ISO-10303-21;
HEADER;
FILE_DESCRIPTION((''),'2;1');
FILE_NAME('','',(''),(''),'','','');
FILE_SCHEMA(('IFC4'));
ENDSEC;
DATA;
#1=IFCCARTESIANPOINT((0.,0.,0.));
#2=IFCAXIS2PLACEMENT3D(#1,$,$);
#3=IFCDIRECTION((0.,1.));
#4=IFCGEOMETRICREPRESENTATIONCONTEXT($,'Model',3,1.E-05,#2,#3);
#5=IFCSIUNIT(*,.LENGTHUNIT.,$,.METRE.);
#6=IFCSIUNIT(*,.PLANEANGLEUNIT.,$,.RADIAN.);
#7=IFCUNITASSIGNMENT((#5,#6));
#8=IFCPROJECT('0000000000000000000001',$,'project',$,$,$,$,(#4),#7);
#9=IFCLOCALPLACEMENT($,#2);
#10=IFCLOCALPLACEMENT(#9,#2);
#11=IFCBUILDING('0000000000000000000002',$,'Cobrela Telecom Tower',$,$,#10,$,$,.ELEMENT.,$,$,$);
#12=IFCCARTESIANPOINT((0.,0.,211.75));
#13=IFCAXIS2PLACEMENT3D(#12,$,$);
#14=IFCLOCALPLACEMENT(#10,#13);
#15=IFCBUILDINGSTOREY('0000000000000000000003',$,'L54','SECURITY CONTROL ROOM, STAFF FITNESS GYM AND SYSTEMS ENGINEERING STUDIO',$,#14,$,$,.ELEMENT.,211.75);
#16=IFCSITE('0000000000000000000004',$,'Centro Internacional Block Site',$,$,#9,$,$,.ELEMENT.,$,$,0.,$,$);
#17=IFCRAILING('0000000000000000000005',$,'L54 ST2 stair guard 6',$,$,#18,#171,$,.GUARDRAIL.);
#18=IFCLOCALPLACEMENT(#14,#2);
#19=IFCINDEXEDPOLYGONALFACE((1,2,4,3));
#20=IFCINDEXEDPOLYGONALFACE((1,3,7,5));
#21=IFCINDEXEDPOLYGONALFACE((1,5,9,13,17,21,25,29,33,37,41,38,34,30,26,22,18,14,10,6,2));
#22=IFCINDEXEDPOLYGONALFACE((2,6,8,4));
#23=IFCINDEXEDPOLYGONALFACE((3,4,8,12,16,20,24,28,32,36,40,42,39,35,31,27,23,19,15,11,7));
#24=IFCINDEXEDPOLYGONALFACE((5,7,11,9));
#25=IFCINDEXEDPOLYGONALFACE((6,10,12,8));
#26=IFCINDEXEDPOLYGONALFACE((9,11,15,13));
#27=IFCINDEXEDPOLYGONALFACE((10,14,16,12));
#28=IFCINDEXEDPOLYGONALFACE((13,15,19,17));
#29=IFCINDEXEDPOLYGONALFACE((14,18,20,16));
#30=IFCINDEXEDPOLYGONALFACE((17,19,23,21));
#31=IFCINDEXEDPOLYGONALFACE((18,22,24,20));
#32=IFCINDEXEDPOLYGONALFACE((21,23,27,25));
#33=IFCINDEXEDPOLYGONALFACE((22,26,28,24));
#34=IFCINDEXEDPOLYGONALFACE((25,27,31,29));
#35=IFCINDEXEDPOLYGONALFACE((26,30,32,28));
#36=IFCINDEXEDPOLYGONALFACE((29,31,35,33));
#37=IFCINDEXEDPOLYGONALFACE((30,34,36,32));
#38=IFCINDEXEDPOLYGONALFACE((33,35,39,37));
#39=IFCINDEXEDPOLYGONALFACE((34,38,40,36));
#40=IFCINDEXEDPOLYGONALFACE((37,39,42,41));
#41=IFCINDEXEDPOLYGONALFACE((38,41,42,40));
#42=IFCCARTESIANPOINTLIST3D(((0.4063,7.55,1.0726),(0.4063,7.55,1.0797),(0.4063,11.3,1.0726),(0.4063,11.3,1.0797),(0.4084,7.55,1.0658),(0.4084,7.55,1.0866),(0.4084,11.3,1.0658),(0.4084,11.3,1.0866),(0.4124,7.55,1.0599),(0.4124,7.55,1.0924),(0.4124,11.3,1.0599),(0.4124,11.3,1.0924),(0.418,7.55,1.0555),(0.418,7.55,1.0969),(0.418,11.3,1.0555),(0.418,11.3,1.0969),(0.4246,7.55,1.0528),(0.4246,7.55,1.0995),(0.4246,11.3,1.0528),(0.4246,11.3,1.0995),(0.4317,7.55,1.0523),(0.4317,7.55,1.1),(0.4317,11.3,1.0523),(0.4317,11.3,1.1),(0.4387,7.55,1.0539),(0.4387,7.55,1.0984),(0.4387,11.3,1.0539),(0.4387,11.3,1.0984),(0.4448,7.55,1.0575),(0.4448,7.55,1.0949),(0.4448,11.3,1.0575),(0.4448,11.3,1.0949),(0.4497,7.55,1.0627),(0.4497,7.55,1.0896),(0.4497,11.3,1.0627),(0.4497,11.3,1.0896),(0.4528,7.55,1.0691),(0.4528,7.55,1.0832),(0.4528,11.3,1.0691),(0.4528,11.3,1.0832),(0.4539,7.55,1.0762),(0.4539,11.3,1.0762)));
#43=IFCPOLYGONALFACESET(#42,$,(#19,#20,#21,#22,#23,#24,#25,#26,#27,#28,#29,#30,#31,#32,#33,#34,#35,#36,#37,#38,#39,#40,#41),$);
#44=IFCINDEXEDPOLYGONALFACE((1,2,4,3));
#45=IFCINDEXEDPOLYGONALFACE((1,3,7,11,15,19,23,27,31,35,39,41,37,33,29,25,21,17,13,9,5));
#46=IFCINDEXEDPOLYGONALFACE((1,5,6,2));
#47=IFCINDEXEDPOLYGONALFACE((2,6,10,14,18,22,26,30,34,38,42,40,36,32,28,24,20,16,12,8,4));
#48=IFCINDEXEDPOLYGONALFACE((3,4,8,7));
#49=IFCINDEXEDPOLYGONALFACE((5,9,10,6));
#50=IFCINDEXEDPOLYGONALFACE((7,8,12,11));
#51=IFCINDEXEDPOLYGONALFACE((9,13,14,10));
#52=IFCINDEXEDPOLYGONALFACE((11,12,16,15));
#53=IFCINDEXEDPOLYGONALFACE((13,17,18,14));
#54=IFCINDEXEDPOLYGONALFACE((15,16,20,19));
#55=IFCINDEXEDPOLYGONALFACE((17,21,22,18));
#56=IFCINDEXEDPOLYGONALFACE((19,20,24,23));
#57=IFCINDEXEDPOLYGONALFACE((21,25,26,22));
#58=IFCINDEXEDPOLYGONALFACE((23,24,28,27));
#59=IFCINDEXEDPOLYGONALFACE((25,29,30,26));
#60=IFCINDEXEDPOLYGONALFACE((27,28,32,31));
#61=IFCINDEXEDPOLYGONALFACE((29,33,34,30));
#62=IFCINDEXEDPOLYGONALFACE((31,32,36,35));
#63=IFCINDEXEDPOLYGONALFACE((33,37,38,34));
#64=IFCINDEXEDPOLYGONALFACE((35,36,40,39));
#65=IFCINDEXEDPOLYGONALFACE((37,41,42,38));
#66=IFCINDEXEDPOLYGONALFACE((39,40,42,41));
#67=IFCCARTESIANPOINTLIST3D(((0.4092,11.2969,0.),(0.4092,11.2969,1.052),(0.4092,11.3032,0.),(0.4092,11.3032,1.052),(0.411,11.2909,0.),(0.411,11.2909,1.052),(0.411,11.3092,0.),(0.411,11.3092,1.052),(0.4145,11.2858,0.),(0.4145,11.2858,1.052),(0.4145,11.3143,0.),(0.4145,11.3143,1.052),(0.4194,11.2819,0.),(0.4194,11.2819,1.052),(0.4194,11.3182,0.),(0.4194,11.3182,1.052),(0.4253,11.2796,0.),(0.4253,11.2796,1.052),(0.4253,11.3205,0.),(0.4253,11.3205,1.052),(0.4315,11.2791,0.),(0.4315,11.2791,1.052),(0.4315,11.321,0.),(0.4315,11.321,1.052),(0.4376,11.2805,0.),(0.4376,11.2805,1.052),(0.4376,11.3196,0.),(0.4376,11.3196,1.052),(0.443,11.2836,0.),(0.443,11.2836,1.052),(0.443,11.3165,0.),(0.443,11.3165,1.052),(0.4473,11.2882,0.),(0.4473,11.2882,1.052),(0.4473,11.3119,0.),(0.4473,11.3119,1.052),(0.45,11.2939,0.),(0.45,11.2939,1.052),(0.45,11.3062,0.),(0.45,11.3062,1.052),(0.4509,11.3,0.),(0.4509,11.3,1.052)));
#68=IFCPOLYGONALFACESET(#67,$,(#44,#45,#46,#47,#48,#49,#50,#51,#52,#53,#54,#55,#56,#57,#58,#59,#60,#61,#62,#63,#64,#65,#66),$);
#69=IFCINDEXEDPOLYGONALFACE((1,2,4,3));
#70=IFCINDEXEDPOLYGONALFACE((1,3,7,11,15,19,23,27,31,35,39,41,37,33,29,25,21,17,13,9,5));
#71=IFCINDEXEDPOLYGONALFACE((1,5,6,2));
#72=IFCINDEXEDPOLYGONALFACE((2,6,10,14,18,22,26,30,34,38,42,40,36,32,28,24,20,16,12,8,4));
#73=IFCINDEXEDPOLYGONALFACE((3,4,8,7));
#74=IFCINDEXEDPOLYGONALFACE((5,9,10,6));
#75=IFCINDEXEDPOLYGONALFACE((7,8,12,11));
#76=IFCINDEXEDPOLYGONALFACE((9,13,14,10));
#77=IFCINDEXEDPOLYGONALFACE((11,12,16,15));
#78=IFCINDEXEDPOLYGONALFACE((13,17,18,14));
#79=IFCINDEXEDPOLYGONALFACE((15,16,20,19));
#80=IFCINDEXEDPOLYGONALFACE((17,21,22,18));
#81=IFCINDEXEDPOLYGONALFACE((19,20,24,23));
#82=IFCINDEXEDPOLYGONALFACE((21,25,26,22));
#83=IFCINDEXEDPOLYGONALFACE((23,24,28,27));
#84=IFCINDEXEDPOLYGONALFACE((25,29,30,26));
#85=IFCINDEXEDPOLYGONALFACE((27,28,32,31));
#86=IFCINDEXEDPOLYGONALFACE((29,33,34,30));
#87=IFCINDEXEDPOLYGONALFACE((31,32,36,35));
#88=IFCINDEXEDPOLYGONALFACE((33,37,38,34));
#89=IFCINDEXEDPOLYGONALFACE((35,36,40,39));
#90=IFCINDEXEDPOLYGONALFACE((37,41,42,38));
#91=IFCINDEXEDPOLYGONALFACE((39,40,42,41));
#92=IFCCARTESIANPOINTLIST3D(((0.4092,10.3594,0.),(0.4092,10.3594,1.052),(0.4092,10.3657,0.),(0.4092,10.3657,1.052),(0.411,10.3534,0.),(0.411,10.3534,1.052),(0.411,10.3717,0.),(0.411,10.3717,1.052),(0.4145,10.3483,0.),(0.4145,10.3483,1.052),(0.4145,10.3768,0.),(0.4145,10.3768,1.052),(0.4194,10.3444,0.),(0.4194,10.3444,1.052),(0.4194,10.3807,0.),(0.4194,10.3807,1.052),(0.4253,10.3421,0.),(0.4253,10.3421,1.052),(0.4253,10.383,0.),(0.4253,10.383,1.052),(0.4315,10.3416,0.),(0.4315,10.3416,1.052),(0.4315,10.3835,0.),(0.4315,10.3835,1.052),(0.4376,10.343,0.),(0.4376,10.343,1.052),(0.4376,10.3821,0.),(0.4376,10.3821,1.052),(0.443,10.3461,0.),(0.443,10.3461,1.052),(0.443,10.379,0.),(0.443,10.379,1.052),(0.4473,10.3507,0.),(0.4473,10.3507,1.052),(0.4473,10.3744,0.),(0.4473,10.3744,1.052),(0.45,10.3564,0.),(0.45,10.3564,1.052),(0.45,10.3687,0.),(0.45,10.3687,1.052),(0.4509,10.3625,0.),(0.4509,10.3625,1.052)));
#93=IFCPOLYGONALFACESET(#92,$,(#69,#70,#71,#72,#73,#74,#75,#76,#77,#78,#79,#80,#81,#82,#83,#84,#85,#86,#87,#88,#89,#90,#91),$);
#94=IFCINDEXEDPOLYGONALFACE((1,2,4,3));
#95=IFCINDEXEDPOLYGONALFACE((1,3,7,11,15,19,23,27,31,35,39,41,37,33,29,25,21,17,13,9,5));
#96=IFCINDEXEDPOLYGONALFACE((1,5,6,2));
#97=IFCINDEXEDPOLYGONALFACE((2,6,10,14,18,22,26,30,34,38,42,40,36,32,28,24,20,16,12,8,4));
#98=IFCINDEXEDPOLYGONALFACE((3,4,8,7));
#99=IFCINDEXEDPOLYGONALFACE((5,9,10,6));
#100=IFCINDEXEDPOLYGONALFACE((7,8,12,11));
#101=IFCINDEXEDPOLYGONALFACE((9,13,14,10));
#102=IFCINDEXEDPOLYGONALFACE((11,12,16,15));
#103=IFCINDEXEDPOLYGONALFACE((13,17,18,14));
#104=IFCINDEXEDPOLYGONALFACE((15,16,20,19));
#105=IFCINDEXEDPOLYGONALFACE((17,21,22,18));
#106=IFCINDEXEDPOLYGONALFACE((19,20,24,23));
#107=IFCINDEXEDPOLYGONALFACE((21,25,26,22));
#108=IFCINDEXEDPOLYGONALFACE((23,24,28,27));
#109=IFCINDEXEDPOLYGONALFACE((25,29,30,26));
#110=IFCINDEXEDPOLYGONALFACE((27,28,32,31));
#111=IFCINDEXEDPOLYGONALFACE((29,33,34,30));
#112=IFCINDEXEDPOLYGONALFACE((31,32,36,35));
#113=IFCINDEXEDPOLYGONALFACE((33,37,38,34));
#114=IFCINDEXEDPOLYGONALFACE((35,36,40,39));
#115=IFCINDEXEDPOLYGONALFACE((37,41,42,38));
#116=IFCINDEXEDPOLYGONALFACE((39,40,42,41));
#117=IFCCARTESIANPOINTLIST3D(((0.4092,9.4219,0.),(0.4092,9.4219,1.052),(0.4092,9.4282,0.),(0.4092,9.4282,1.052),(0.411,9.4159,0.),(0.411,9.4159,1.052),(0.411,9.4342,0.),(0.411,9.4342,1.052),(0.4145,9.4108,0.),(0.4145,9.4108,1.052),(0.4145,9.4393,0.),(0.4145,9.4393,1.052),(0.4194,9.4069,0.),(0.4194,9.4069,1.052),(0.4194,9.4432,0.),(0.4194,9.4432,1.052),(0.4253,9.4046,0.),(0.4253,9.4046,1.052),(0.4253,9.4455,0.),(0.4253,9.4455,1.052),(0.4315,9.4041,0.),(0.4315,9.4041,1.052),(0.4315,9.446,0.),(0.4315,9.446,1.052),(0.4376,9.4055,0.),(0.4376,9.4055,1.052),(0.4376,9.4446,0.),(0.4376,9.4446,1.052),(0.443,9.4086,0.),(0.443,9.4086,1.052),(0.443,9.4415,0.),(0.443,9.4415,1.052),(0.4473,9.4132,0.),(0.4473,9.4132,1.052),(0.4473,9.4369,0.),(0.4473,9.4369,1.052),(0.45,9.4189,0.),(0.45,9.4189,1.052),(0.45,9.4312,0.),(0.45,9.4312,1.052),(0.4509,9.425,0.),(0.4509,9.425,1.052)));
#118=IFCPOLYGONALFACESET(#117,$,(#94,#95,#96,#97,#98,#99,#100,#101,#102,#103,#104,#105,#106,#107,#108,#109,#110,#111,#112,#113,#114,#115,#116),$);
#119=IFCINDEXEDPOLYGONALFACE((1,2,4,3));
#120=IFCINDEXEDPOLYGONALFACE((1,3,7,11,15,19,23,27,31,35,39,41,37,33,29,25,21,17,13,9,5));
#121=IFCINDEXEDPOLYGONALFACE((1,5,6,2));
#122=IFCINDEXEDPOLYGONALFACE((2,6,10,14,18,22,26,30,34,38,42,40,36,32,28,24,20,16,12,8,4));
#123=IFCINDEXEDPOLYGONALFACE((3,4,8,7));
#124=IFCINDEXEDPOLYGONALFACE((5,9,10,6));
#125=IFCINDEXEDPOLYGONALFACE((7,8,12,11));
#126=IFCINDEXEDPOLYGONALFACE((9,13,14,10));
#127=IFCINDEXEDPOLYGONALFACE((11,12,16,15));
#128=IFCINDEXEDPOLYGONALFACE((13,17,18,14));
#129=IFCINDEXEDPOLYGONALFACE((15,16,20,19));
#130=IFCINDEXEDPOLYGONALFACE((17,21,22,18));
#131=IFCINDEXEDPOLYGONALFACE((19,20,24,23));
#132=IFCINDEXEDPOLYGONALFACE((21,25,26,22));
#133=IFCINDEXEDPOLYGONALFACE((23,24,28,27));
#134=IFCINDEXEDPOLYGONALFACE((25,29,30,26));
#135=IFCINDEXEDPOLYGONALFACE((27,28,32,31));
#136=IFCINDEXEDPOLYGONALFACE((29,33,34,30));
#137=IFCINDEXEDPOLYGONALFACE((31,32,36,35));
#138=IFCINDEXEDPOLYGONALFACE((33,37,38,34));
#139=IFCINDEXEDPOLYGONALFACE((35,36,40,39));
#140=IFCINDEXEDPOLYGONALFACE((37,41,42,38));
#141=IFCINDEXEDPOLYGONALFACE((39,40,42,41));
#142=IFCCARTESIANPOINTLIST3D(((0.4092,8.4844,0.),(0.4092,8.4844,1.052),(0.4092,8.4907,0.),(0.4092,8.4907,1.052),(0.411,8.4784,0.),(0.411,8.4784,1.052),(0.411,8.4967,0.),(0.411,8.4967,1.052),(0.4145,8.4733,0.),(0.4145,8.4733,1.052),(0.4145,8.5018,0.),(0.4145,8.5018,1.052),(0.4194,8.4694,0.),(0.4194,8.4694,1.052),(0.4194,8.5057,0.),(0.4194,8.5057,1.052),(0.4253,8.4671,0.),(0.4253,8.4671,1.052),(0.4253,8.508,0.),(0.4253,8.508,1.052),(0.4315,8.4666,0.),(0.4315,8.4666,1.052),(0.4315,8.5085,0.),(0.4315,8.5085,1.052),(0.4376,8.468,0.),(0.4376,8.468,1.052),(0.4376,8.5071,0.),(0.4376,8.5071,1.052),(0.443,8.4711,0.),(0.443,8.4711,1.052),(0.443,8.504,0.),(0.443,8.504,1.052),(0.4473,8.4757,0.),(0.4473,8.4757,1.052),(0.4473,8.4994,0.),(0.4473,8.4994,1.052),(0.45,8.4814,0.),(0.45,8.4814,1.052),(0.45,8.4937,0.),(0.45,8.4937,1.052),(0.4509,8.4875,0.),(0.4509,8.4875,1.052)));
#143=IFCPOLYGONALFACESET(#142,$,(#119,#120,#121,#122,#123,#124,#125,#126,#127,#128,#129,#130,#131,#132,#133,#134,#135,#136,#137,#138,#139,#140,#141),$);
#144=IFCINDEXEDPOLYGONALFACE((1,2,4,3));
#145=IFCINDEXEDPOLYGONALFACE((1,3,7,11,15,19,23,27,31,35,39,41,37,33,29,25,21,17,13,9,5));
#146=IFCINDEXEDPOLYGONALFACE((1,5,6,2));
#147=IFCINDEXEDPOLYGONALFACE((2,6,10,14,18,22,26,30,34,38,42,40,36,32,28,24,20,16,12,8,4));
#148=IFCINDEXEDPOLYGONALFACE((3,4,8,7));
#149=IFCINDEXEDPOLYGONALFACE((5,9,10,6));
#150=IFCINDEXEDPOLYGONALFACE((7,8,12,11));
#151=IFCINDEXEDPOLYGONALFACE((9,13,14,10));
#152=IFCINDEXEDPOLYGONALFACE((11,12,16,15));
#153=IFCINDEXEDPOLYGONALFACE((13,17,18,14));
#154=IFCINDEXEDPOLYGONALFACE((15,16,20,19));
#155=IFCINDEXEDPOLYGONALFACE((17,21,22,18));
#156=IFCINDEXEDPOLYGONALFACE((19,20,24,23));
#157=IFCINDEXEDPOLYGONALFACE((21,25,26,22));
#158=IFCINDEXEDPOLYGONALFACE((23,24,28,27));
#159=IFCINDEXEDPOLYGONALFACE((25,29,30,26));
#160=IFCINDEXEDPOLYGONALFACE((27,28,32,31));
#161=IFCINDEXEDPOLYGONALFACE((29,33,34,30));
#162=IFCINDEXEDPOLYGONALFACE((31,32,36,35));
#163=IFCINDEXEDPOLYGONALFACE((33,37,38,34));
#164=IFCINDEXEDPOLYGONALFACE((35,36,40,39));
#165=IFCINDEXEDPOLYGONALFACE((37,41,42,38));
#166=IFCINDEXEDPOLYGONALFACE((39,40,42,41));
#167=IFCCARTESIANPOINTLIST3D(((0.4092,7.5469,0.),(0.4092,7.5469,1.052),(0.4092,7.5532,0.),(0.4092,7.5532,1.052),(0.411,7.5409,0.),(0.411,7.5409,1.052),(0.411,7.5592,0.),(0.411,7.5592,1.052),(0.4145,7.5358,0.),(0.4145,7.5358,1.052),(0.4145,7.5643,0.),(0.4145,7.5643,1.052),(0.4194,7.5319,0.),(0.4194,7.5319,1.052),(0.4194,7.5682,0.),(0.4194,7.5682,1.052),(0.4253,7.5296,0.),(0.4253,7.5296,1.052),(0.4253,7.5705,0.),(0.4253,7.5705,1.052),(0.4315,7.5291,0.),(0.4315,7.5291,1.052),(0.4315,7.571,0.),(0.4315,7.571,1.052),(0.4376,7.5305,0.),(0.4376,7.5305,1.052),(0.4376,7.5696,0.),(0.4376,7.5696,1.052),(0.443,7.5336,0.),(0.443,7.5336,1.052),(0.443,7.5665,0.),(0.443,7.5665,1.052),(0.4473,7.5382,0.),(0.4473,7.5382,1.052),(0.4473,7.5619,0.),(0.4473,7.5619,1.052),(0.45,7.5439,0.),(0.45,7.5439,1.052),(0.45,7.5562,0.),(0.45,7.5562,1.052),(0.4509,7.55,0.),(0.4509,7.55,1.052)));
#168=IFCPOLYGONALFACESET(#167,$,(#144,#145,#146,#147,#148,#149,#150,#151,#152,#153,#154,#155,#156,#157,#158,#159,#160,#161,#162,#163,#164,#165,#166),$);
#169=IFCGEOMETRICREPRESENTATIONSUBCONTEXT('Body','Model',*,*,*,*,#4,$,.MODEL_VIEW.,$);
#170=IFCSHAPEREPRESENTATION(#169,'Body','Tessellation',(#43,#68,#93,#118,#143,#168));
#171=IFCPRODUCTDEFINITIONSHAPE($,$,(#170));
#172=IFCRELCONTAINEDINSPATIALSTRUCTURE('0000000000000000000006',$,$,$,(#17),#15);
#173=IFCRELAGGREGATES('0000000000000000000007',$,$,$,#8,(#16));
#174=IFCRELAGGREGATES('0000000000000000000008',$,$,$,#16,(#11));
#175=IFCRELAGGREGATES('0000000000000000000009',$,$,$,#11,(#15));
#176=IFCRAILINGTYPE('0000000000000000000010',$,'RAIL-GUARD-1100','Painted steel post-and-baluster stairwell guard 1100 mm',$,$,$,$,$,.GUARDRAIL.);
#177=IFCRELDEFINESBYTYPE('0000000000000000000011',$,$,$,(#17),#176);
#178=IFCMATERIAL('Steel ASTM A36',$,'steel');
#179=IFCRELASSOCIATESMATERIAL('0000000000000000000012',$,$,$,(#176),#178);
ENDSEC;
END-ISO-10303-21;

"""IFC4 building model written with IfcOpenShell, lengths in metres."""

from ifc_helpers import new_model, si_unit, direction, frame, origin, origin_2d, place, context, subcontext, project, spatial, circle, extrude, material, type_object, element, save


model = new_model("IFC4")

# Units and contexts
model_context = context("Model", 3, precision=1e-05, world=origin(), true_north=direction((0.0, 1.0)))
body_context = subcontext(model_context, "Body", "Model", "MODEL_VIEW")
ifc_project = project(units=[si_unit("LENGTHUNIT", "METRE"), si_unit("PLANEANGLEUNIT", "RADIAN")], contexts=[model_context])

# Site, building, storey
site_placement = place(None, origin())
site = spatial("IfcSite", under=ifc_project, at=site_placement, Name="Centro Internacional Block Site", CompositionType="ELEMENT", RefElevation=0.0)
building_placement = place(site_placement, origin())
building = spatial("IfcBuilding", under=site, at=building_placement, Name="Cobrela Telecom Tower", CompositionType="ELEMENT")
storey_placement = place(building_placement, frame((0.0, 0.0, 211.75)))
storey = spatial("IfcBuildingStorey", under=building, at=storey_placement, Name="L54", Description="SECURITY CONTROL ROOM, STAFF FITNESS GYM AND SYSTEMS ENGINEERING STUDIO", CompositionType="ELEMENT", Elevation=211.75)

# Shared definitions
ifc_material_1 = material(Name="Steel ASTM A36", Category="steel")

# Railing
railing_type = type_object("IfcRailingType", Name="RAIL-GUARD-1100", Description="Painted steel post-and-baluster stairwell guard 1100 mm", PredefinedType="GUARDRAIL", material=ifc_material_1)
railing_1_placement = place(storey_placement, frame((0.4299, 11.3, 0.0)))
element("IfcRailing", 1, at=railing_1_placement, inside=storey, type_object=railing_type, Name="L54 ST2 stair guard 6", PredefinedType="GUARDRAIL", context=body_context, shape_type="SweptSolid", body=[
    extrude(circle(Radius=0.0239, at=origin_2d()), frame((0.0, 0.0, 1.0762), z_axis=(0.0, -1.0, 0.0), x_axis=(1.0, 0.0, 0.0)), (0.0, 0.0, 1.0), 3.75),
    extrude(circle(Radius=0.021, at=origin_2d()), origin(), (0.0, 0.0, 1.0), 1.052),
    extrude(circle(Radius=0.021, at=origin_2d()), frame((0.0, -0.9375, 0.0)), (0.0, 0.0, 1.0), 1.052),
    extrude(circle(Radius=0.021, at=origin_2d()), frame((0.0, -1.875, 0.0)), (0.0, 0.0, 1.0), 1.052),
    extrude(circle(Radius=0.021, at=origin_2d()), frame((0.0, -2.8125, 0.0)), (0.0, 0.0, 1.0), 1.052),
    extrude(circle(Radius=0.021, at=origin_2d()), frame((0.0, -3.75, 0.0)), (0.0, 0.0, 1.0), 1.052),
])

save(model, "model.ifc")
